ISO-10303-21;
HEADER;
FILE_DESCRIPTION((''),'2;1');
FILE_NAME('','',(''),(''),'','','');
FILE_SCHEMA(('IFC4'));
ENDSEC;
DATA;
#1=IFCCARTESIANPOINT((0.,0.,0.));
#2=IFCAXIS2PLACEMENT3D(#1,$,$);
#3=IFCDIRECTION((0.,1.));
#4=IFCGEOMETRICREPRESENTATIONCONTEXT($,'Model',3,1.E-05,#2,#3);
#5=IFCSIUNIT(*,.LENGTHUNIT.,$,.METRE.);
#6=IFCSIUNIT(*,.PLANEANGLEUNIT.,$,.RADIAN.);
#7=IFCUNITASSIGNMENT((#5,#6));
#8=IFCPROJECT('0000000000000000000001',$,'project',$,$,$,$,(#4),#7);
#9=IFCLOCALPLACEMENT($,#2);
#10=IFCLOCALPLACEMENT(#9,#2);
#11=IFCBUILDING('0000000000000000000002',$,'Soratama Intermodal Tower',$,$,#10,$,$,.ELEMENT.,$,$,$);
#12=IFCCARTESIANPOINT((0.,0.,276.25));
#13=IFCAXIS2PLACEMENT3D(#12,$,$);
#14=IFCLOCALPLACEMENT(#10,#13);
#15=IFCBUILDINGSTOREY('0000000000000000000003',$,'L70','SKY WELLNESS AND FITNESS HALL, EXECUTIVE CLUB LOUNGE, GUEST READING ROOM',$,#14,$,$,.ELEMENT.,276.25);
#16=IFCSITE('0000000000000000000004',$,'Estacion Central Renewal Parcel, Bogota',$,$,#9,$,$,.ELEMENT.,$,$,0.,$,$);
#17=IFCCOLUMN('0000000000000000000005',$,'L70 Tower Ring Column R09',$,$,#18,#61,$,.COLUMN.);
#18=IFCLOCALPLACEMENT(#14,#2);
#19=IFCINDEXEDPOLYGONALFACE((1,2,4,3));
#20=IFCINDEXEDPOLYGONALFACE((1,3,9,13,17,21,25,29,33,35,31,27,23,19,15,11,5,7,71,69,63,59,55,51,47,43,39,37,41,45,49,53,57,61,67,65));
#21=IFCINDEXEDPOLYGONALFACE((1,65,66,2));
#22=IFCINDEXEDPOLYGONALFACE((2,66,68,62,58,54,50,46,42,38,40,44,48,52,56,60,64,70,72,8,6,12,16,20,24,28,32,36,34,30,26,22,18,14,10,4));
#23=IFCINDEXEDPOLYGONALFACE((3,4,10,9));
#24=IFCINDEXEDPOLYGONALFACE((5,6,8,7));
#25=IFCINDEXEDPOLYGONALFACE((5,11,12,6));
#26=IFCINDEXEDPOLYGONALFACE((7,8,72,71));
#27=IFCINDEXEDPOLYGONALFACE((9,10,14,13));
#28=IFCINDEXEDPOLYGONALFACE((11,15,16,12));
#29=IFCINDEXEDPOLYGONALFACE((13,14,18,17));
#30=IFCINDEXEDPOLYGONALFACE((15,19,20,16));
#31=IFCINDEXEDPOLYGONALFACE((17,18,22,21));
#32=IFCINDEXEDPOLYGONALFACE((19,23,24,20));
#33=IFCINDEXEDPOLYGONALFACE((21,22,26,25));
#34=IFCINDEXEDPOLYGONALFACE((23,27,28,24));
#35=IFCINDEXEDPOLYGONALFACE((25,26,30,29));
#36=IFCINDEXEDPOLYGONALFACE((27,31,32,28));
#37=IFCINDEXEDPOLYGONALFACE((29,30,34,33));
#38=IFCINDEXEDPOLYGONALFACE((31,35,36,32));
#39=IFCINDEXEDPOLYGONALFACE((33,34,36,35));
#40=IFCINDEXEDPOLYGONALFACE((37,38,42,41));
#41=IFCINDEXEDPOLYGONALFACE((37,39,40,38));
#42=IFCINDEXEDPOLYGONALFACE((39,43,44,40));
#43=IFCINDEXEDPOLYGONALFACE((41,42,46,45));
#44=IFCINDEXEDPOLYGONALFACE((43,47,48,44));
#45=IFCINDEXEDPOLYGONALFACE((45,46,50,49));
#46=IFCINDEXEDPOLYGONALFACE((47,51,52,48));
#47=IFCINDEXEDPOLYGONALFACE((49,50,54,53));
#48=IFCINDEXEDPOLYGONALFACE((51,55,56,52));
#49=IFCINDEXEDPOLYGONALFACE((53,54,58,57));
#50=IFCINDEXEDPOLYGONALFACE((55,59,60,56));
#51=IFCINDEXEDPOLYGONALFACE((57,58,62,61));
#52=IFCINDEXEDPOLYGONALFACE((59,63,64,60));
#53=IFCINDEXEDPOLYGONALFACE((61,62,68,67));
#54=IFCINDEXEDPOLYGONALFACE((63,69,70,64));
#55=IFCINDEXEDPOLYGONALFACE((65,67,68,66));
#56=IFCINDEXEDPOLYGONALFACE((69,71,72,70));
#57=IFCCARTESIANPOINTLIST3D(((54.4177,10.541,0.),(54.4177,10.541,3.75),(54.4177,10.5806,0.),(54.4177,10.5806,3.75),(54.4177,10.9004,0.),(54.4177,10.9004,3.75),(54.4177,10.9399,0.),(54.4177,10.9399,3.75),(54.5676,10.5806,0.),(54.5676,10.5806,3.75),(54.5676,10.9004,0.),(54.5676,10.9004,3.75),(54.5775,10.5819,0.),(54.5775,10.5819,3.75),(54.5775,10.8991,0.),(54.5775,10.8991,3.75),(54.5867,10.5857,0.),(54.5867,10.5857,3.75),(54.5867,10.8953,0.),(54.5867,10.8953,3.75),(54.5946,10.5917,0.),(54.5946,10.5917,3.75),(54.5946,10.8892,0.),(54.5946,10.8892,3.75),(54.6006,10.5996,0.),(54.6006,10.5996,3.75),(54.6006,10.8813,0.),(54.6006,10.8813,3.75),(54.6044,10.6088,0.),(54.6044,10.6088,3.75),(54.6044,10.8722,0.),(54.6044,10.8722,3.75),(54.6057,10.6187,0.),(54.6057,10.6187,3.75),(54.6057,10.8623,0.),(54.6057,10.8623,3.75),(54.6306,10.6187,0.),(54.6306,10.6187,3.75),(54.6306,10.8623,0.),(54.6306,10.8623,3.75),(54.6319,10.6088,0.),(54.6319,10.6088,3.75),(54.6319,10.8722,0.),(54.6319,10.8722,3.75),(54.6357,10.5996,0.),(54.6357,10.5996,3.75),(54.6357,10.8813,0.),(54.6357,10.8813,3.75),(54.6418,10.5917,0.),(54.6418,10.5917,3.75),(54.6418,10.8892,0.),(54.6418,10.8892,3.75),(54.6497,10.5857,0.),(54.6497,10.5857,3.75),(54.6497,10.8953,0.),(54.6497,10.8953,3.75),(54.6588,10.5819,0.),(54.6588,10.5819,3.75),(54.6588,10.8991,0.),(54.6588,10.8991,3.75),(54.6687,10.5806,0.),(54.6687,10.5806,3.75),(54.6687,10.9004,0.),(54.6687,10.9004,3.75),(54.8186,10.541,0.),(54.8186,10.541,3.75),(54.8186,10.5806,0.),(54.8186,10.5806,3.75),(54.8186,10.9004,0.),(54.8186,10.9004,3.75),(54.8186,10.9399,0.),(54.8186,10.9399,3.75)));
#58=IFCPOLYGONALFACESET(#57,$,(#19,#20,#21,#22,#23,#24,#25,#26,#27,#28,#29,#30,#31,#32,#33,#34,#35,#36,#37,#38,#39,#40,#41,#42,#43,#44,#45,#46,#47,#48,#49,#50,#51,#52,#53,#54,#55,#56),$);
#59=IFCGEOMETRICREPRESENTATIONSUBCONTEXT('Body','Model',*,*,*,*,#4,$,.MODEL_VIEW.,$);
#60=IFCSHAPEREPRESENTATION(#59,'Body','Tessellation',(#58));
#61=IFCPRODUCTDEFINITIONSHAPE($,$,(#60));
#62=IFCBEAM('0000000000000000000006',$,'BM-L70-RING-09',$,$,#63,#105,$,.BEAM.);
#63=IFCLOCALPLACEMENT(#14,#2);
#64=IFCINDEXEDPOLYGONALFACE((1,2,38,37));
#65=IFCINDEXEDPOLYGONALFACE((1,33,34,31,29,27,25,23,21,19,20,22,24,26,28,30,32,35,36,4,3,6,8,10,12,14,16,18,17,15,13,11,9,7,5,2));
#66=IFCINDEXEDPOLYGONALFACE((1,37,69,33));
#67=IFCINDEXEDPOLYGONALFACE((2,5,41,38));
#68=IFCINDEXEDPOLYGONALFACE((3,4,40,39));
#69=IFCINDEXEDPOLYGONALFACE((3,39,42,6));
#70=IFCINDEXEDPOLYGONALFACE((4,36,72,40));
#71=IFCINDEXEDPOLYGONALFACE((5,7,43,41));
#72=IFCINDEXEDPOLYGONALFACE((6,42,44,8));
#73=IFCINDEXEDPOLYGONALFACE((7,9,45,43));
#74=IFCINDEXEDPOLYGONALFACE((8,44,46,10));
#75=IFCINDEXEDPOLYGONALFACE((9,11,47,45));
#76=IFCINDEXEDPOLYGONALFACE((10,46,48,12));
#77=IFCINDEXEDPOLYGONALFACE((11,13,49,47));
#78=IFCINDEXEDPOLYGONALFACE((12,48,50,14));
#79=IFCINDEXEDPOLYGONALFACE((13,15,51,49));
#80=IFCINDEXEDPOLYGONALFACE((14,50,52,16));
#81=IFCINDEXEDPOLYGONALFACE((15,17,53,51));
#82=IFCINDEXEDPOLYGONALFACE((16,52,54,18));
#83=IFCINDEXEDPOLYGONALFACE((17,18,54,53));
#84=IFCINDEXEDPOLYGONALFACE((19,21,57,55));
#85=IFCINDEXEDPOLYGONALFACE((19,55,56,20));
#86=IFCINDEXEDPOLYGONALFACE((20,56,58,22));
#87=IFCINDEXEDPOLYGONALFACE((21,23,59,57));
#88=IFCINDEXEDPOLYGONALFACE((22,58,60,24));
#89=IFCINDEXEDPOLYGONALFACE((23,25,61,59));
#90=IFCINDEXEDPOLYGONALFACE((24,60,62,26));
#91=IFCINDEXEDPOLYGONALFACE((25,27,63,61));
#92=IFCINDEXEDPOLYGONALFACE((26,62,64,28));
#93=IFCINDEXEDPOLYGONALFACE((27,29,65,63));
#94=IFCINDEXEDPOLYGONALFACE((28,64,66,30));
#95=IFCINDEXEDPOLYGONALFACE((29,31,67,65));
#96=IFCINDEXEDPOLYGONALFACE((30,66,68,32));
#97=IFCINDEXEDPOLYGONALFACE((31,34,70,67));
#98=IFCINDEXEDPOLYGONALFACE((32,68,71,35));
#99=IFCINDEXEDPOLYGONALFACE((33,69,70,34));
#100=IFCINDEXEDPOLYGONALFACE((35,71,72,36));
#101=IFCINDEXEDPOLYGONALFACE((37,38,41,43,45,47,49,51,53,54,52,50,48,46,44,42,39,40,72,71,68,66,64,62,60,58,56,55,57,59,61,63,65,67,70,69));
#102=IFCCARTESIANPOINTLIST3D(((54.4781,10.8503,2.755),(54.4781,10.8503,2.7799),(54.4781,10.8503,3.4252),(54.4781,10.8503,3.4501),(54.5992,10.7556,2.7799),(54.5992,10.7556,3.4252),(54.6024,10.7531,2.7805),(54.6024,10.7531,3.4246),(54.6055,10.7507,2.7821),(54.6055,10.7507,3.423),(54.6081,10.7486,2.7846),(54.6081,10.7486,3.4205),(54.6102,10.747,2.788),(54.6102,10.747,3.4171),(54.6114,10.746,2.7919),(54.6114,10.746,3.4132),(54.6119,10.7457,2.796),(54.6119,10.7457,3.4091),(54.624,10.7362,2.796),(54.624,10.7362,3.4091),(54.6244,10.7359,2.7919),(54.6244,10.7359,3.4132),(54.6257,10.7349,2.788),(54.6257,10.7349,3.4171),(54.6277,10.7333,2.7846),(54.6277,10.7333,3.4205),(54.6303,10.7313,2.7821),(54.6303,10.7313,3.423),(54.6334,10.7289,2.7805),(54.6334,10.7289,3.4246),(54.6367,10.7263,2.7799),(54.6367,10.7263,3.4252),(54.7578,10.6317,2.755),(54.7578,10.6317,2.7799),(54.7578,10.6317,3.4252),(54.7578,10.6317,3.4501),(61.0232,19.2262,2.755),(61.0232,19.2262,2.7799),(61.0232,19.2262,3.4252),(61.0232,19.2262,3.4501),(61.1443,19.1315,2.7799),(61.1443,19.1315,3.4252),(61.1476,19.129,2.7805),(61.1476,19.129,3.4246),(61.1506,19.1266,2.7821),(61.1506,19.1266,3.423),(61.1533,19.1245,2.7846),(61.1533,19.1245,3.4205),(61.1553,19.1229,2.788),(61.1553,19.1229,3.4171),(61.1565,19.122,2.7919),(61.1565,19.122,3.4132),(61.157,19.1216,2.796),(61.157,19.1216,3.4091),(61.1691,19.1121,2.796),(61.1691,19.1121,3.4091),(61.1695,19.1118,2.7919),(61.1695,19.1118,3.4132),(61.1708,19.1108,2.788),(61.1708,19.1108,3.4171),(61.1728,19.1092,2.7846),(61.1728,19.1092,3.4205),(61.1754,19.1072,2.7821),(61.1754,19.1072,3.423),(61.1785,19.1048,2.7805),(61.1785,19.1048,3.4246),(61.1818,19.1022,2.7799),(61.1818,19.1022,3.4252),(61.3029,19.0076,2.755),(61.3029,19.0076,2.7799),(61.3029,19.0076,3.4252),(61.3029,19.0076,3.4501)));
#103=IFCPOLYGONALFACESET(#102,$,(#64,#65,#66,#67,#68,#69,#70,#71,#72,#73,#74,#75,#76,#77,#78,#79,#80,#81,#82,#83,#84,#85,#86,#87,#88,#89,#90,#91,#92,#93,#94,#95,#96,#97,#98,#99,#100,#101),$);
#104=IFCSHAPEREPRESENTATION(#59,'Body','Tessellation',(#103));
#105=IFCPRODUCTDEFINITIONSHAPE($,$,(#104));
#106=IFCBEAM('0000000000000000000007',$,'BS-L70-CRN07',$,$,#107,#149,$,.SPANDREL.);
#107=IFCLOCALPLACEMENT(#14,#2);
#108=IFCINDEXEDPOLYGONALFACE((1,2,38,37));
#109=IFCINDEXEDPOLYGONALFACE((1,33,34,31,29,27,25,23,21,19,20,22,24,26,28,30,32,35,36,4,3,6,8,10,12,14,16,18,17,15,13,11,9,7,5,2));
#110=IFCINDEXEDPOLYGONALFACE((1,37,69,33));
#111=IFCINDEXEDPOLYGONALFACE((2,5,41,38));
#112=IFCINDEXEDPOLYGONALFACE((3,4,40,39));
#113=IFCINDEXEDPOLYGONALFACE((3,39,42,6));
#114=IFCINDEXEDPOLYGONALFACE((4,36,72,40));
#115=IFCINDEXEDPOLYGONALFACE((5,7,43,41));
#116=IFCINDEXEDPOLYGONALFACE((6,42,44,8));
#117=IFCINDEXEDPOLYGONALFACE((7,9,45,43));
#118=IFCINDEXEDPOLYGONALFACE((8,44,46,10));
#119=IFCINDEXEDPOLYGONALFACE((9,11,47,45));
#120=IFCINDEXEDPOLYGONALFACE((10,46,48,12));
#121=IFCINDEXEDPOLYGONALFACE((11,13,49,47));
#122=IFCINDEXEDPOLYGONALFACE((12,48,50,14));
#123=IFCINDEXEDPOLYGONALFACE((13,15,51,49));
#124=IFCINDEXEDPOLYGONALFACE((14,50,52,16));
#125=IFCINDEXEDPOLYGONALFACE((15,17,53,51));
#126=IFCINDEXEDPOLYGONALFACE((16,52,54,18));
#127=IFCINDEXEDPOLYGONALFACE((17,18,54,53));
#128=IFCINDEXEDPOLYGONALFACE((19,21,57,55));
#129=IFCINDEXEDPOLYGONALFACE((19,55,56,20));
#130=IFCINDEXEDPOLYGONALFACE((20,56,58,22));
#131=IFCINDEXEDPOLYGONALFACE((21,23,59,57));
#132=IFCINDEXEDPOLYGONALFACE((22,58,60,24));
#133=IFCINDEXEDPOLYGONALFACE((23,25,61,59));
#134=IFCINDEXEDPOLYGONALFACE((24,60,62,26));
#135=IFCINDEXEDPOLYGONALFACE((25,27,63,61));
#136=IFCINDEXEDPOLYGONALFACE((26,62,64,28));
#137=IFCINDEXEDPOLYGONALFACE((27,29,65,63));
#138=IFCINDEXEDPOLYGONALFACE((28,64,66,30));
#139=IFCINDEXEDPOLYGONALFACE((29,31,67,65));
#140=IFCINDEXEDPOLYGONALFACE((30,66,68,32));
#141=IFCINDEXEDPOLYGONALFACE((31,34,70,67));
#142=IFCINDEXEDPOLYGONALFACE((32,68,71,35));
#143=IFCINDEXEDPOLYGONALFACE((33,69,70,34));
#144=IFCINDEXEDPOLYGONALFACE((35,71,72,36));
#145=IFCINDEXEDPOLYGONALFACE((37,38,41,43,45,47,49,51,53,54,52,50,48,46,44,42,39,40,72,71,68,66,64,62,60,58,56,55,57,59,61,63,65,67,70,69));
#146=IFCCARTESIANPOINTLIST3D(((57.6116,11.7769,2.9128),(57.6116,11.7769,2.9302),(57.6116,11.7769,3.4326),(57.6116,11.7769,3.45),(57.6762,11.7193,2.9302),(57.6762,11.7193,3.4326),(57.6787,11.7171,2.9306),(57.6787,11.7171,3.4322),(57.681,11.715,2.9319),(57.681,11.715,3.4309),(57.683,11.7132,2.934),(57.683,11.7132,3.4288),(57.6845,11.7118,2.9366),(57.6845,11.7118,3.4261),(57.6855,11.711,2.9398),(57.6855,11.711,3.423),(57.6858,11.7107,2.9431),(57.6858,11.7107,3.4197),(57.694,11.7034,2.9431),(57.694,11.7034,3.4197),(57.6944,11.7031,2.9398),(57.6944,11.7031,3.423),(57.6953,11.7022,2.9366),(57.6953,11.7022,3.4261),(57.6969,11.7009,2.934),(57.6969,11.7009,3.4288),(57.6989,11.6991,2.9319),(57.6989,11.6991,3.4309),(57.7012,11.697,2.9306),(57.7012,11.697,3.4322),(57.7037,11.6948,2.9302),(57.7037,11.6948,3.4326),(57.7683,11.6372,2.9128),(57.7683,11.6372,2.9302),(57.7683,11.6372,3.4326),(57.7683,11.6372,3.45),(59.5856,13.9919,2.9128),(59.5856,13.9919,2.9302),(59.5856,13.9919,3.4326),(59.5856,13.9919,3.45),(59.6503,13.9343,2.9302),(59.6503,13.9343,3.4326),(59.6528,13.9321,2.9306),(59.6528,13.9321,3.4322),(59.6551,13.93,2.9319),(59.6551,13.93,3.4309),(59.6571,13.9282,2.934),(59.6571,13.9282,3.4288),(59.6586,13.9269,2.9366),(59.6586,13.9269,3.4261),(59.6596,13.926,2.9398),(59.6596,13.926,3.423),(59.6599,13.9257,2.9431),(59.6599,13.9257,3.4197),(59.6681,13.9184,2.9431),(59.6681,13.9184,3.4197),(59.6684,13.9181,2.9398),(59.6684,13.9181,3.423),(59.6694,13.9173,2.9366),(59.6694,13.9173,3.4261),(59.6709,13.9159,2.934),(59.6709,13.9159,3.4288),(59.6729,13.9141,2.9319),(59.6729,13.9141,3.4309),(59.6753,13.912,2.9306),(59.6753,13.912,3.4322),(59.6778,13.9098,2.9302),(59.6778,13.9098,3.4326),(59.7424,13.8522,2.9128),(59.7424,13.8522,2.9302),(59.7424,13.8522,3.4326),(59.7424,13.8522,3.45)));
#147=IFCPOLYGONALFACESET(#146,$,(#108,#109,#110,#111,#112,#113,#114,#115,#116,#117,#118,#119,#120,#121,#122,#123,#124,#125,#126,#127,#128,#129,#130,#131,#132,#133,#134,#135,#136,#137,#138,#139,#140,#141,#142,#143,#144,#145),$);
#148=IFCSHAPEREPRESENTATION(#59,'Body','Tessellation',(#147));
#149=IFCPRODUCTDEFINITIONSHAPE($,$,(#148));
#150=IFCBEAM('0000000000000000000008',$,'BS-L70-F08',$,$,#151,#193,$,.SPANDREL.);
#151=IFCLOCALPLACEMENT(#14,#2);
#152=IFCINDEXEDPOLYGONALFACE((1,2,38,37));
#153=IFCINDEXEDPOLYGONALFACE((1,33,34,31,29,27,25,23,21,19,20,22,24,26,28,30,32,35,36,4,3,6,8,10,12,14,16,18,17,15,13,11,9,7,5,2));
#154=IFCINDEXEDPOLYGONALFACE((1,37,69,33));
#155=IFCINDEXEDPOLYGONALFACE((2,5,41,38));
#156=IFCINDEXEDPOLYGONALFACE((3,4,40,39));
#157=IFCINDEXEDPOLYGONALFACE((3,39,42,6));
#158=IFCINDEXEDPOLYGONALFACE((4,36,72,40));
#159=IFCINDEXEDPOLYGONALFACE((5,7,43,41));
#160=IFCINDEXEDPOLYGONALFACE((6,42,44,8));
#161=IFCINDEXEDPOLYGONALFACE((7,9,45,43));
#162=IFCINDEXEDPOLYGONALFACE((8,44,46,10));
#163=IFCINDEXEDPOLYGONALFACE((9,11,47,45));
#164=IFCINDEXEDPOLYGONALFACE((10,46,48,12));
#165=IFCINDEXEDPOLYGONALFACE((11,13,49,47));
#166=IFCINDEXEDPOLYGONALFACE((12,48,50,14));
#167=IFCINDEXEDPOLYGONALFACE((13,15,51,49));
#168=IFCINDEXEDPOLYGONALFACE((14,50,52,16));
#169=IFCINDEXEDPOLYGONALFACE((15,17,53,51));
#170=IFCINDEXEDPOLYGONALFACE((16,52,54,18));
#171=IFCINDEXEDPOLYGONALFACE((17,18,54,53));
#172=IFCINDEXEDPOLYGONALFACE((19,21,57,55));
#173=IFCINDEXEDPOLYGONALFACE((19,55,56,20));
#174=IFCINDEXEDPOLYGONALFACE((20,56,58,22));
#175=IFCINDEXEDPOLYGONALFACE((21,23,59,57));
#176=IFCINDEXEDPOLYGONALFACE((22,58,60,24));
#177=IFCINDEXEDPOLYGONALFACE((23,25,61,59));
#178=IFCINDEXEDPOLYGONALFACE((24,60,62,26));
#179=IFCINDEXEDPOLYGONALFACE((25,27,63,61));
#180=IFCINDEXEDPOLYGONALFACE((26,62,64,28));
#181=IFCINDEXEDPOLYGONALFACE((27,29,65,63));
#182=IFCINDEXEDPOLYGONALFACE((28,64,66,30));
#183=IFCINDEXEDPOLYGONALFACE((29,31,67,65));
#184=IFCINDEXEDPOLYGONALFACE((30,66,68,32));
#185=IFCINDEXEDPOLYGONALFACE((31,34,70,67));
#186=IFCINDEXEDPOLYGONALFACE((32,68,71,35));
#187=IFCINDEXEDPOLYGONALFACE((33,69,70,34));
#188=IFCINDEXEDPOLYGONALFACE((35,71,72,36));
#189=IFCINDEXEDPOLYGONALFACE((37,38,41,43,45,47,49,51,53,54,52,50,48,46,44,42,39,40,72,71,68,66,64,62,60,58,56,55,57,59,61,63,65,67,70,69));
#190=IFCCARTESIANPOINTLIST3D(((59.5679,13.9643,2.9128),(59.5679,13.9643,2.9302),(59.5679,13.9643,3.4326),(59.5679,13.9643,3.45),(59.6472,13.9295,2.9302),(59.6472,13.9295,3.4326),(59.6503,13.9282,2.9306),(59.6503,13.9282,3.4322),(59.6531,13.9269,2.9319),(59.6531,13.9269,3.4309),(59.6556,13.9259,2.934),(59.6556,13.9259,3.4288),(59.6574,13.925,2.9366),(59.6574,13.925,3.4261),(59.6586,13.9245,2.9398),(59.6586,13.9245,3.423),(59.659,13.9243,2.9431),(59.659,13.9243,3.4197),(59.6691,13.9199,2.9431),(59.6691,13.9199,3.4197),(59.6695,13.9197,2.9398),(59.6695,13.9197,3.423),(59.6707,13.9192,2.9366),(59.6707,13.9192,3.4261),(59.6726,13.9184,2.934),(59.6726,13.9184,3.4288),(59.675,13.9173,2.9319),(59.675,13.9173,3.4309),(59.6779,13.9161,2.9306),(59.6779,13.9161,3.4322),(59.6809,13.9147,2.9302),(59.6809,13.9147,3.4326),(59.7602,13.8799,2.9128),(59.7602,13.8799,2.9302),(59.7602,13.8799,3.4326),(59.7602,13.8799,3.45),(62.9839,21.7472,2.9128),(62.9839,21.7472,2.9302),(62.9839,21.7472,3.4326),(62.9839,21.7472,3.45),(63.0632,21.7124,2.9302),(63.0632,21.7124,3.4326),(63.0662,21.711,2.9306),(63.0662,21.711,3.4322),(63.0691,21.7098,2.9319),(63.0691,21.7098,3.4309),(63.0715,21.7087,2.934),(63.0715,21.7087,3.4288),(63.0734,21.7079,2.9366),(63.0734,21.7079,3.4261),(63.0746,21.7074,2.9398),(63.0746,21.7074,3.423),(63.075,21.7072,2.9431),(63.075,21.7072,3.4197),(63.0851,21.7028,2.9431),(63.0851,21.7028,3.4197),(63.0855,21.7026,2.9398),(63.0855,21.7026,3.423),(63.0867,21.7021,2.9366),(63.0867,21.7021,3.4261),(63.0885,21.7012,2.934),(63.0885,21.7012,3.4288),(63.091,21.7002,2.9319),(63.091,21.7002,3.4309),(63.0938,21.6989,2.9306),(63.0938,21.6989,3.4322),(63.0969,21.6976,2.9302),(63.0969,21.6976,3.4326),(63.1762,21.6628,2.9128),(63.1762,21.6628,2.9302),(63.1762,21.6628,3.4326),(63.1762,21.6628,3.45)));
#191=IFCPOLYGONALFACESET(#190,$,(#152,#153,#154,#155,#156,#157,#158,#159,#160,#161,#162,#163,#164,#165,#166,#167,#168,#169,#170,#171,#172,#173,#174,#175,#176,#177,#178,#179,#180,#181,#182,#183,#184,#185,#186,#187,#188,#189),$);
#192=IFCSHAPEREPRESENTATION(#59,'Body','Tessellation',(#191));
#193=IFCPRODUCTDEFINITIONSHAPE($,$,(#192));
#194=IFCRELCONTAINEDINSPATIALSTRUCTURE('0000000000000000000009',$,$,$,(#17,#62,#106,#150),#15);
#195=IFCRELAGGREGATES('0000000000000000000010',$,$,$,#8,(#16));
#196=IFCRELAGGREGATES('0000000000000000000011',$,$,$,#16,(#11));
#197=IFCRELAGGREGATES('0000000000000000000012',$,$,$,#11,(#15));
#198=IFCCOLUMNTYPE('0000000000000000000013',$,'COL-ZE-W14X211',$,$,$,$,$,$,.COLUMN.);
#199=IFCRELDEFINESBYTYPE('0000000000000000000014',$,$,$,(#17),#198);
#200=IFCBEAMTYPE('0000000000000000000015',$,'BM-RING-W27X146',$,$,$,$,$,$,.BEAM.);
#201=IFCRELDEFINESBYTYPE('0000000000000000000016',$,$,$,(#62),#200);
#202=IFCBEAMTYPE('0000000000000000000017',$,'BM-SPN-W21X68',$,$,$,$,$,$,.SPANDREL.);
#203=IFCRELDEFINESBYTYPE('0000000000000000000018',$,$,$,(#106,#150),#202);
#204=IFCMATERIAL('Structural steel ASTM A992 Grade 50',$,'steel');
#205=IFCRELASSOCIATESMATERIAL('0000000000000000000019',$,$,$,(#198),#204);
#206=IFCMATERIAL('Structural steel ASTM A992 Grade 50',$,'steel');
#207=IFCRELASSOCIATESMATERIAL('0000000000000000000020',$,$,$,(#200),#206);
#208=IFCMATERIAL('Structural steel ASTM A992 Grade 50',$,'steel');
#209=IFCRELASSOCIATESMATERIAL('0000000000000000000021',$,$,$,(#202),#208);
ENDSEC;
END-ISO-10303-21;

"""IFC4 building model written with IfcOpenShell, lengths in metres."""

from ifc_helpers import new_model, si_unit, direction, frame, origin, origin_2d, place, context, subcontext, project, spatial, i_section, extrude, material, material_profile, profile_set, type_object, element, save


model = new_model("IFC4")

# Units and contexts
model_context = context("Model", 3, precision=1e-05, world=origin(), true_north=direction((0.0, 1.0)))
body_context = subcontext(model_context, "Body", "Model", "MODEL_VIEW")
ifc_project = project(units=[si_unit("LENGTHUNIT", "METRE"), si_unit("PLANEANGLEUNIT", "RADIAN")], contexts=[model_context])

# Site, building, storey
site_placement = place(None, origin())
site = spatial("IfcSite", under=ifc_project, at=site_placement, Name="Estacion Central Renewal Parcel, Bogota", CompositionType="ELEMENT", RefElevation=0.0)
building_placement = place(site_placement, origin())
building = spatial("IfcBuilding", under=site, at=building_placement, Name="Soratama Intermodal Tower", CompositionType="ELEMENT")
storey_placement = place(building_placement, frame((0.0, 0.0, 276.25)))
storey = spatial("IfcBuildingStorey", under=building, at=storey_placement, Name="L70", Description="SKY WELLNESS AND FITNESS HALL, EXECUTIVE CLUB LOUNGE, GUEST READING ROOM", CompositionType="ELEMENT", Elevation=276.25)

# Column
ifc_material_1 = material(Name="Structural steel ASTM A992 Grade 50", Category="steel")
ifc_material_profile_1 = material_profile(ifc_material_1, i_section(OverallWidth=0.4009, OverallDepth=0.3989, WebThickness=0.0249, FlangeThickness=0.0396, FilletRadius=0.0381, at=origin_2d()), Name="W14X211")
ifc_profile_set_1 = profile_set([ifc_material_profile_1], Name="Structural steel ASTM A992 Grade 50")
column_type = type_object("IfcColumnType", Name="COL-ZE-W14X211", PredefinedType="COLUMN", material=ifc_profile_set_1)
column_placement = place(storey_placement, frame((54.6182, 10.7405, 0.0), z_axis=(0.0, 0.0, 1.0), x_axis=(1.0, 0.0, 0.0)))
element("IfcColumn", 1, at=column_placement, inside=storey, type_object=column_type, Name="L70 Tower Ring Column R09", PredefinedType="COLUMN", context=body_context, shape_type="SweptSolid", body=[
    extrude(i_section(OverallWidth=0.4009, OverallDepth=0.3989, WebThickness=0.0249, FlangeThickness=0.0396, FilletRadius=0.0381, at=origin_2d()), origin(), (0.0, 0.0, 1.0), 3.75),
])

# Beams
ifc_material_2 = material(Name="Structural steel ASTM A992 Grade 50", Category="steel")
ifc_material_profile_2 = material_profile(ifc_material_2, i_section(OverallWidth=0.355, OverallDepth=0.6951, WebThickness=0.0154, FlangeThickness=0.0249, FilletRadius=0.0161, at=origin_2d()), Name="W27X146")
ifc_profile_set_2 = profile_set([ifc_material_profile_2], Name="Structural steel ASTM A992 Grade 50")
beam_type_1 = type_object("IfcBeamType", Name="BM-RING-W27X146", PredefinedType="BEAM", material=ifc_profile_set_2)
beam_1_placement = place(storey_placement, frame((54.6179, 10.741, 3.1025), z_axis=(0.615728, 0.787959, 0.0), x_axis=(-0.787959, 0.615728, 0.0)))
element("IfcBeam", 2, at=beam_1_placement, inside=storey, type_object=beam_type_1, Name="BM-L70-RING-09", PredefinedType="BEAM", context=body_context, shape_type="SweptSolid", body=[
    extrude(i_section(OverallWidth=0.355, OverallDepth=0.6951, WebThickness=0.0154, FlangeThickness=0.0249, FilletRadius=0.0161, at=origin_2d()), origin(), (0.0, 0.0, 1.0), 10.6299),
])
ifc_material_3 = material(Name="Structural steel ASTM A992 Grade 50", Category="steel")
ifc_material_profile_3 = material_profile(ifc_material_3, i_section(OverallWidth=0.21, OverallDepth=0.5371, WebThickness=0.011, FlangeThickness=0.0173, FilletRadius=0.0129, at=origin_2d()), Name="W21X68")
ifc_profile_set_3 = profile_set([ifc_material_profile_3], Name="Structural steel ASTM A992 Grade 50")
beam_type_2 = type_object("IfcBeamType", Name="BM-SPN-W21X68", PredefinedType="SPANDREL", material=ifc_profile_set_3)
beam_2_placement = place(storey_placement, frame((57.6899, 11.707, 3.1814), z_axis=(0.665334, 0.746546, 0.0), x_axis=(-0.746546, 0.665334, 0.0)))
element("IfcBeam", 3, at=beam_2_placement, inside=storey, type_object=beam_type_2, Name="BS-L70-CRN07", PredefinedType="SPANDREL", context=body_context, shape_type="SweptSolid", body=[
    extrude(i_section(OverallWidth=0.21, OverallDepth=0.5371, WebThickness=0.011, FlangeThickness=0.0173, FilletRadius=0.0129, at=origin_2d()), origin(), (0.0, 0.0, 1.0), 2.967),
])
beam_3_placement = place(storey_placement, frame((59.6641, 13.9221, 3.1814), z_axis=(0.401902, 0.915683, 0.0), x_axis=(-0.915683, 0.401902, 0.0)))
element("IfcBeam", 4, at=beam_3_placement, inside=storey, type_object=beam_type_2, Name="BS-L70-F08", PredefinedType="SPANDREL", context=body_context, shape_type="SweptSolid", body=[
    extrude(i_section(OverallWidth=0.21, OverallDepth=0.5371, WebThickness=0.011, FlangeThickness=0.0173, FilletRadius=0.0129, at=origin_2d()), origin(), (0.0, 0.0, 1.0), 8.4995),
])

save(model, "model.ifc")
